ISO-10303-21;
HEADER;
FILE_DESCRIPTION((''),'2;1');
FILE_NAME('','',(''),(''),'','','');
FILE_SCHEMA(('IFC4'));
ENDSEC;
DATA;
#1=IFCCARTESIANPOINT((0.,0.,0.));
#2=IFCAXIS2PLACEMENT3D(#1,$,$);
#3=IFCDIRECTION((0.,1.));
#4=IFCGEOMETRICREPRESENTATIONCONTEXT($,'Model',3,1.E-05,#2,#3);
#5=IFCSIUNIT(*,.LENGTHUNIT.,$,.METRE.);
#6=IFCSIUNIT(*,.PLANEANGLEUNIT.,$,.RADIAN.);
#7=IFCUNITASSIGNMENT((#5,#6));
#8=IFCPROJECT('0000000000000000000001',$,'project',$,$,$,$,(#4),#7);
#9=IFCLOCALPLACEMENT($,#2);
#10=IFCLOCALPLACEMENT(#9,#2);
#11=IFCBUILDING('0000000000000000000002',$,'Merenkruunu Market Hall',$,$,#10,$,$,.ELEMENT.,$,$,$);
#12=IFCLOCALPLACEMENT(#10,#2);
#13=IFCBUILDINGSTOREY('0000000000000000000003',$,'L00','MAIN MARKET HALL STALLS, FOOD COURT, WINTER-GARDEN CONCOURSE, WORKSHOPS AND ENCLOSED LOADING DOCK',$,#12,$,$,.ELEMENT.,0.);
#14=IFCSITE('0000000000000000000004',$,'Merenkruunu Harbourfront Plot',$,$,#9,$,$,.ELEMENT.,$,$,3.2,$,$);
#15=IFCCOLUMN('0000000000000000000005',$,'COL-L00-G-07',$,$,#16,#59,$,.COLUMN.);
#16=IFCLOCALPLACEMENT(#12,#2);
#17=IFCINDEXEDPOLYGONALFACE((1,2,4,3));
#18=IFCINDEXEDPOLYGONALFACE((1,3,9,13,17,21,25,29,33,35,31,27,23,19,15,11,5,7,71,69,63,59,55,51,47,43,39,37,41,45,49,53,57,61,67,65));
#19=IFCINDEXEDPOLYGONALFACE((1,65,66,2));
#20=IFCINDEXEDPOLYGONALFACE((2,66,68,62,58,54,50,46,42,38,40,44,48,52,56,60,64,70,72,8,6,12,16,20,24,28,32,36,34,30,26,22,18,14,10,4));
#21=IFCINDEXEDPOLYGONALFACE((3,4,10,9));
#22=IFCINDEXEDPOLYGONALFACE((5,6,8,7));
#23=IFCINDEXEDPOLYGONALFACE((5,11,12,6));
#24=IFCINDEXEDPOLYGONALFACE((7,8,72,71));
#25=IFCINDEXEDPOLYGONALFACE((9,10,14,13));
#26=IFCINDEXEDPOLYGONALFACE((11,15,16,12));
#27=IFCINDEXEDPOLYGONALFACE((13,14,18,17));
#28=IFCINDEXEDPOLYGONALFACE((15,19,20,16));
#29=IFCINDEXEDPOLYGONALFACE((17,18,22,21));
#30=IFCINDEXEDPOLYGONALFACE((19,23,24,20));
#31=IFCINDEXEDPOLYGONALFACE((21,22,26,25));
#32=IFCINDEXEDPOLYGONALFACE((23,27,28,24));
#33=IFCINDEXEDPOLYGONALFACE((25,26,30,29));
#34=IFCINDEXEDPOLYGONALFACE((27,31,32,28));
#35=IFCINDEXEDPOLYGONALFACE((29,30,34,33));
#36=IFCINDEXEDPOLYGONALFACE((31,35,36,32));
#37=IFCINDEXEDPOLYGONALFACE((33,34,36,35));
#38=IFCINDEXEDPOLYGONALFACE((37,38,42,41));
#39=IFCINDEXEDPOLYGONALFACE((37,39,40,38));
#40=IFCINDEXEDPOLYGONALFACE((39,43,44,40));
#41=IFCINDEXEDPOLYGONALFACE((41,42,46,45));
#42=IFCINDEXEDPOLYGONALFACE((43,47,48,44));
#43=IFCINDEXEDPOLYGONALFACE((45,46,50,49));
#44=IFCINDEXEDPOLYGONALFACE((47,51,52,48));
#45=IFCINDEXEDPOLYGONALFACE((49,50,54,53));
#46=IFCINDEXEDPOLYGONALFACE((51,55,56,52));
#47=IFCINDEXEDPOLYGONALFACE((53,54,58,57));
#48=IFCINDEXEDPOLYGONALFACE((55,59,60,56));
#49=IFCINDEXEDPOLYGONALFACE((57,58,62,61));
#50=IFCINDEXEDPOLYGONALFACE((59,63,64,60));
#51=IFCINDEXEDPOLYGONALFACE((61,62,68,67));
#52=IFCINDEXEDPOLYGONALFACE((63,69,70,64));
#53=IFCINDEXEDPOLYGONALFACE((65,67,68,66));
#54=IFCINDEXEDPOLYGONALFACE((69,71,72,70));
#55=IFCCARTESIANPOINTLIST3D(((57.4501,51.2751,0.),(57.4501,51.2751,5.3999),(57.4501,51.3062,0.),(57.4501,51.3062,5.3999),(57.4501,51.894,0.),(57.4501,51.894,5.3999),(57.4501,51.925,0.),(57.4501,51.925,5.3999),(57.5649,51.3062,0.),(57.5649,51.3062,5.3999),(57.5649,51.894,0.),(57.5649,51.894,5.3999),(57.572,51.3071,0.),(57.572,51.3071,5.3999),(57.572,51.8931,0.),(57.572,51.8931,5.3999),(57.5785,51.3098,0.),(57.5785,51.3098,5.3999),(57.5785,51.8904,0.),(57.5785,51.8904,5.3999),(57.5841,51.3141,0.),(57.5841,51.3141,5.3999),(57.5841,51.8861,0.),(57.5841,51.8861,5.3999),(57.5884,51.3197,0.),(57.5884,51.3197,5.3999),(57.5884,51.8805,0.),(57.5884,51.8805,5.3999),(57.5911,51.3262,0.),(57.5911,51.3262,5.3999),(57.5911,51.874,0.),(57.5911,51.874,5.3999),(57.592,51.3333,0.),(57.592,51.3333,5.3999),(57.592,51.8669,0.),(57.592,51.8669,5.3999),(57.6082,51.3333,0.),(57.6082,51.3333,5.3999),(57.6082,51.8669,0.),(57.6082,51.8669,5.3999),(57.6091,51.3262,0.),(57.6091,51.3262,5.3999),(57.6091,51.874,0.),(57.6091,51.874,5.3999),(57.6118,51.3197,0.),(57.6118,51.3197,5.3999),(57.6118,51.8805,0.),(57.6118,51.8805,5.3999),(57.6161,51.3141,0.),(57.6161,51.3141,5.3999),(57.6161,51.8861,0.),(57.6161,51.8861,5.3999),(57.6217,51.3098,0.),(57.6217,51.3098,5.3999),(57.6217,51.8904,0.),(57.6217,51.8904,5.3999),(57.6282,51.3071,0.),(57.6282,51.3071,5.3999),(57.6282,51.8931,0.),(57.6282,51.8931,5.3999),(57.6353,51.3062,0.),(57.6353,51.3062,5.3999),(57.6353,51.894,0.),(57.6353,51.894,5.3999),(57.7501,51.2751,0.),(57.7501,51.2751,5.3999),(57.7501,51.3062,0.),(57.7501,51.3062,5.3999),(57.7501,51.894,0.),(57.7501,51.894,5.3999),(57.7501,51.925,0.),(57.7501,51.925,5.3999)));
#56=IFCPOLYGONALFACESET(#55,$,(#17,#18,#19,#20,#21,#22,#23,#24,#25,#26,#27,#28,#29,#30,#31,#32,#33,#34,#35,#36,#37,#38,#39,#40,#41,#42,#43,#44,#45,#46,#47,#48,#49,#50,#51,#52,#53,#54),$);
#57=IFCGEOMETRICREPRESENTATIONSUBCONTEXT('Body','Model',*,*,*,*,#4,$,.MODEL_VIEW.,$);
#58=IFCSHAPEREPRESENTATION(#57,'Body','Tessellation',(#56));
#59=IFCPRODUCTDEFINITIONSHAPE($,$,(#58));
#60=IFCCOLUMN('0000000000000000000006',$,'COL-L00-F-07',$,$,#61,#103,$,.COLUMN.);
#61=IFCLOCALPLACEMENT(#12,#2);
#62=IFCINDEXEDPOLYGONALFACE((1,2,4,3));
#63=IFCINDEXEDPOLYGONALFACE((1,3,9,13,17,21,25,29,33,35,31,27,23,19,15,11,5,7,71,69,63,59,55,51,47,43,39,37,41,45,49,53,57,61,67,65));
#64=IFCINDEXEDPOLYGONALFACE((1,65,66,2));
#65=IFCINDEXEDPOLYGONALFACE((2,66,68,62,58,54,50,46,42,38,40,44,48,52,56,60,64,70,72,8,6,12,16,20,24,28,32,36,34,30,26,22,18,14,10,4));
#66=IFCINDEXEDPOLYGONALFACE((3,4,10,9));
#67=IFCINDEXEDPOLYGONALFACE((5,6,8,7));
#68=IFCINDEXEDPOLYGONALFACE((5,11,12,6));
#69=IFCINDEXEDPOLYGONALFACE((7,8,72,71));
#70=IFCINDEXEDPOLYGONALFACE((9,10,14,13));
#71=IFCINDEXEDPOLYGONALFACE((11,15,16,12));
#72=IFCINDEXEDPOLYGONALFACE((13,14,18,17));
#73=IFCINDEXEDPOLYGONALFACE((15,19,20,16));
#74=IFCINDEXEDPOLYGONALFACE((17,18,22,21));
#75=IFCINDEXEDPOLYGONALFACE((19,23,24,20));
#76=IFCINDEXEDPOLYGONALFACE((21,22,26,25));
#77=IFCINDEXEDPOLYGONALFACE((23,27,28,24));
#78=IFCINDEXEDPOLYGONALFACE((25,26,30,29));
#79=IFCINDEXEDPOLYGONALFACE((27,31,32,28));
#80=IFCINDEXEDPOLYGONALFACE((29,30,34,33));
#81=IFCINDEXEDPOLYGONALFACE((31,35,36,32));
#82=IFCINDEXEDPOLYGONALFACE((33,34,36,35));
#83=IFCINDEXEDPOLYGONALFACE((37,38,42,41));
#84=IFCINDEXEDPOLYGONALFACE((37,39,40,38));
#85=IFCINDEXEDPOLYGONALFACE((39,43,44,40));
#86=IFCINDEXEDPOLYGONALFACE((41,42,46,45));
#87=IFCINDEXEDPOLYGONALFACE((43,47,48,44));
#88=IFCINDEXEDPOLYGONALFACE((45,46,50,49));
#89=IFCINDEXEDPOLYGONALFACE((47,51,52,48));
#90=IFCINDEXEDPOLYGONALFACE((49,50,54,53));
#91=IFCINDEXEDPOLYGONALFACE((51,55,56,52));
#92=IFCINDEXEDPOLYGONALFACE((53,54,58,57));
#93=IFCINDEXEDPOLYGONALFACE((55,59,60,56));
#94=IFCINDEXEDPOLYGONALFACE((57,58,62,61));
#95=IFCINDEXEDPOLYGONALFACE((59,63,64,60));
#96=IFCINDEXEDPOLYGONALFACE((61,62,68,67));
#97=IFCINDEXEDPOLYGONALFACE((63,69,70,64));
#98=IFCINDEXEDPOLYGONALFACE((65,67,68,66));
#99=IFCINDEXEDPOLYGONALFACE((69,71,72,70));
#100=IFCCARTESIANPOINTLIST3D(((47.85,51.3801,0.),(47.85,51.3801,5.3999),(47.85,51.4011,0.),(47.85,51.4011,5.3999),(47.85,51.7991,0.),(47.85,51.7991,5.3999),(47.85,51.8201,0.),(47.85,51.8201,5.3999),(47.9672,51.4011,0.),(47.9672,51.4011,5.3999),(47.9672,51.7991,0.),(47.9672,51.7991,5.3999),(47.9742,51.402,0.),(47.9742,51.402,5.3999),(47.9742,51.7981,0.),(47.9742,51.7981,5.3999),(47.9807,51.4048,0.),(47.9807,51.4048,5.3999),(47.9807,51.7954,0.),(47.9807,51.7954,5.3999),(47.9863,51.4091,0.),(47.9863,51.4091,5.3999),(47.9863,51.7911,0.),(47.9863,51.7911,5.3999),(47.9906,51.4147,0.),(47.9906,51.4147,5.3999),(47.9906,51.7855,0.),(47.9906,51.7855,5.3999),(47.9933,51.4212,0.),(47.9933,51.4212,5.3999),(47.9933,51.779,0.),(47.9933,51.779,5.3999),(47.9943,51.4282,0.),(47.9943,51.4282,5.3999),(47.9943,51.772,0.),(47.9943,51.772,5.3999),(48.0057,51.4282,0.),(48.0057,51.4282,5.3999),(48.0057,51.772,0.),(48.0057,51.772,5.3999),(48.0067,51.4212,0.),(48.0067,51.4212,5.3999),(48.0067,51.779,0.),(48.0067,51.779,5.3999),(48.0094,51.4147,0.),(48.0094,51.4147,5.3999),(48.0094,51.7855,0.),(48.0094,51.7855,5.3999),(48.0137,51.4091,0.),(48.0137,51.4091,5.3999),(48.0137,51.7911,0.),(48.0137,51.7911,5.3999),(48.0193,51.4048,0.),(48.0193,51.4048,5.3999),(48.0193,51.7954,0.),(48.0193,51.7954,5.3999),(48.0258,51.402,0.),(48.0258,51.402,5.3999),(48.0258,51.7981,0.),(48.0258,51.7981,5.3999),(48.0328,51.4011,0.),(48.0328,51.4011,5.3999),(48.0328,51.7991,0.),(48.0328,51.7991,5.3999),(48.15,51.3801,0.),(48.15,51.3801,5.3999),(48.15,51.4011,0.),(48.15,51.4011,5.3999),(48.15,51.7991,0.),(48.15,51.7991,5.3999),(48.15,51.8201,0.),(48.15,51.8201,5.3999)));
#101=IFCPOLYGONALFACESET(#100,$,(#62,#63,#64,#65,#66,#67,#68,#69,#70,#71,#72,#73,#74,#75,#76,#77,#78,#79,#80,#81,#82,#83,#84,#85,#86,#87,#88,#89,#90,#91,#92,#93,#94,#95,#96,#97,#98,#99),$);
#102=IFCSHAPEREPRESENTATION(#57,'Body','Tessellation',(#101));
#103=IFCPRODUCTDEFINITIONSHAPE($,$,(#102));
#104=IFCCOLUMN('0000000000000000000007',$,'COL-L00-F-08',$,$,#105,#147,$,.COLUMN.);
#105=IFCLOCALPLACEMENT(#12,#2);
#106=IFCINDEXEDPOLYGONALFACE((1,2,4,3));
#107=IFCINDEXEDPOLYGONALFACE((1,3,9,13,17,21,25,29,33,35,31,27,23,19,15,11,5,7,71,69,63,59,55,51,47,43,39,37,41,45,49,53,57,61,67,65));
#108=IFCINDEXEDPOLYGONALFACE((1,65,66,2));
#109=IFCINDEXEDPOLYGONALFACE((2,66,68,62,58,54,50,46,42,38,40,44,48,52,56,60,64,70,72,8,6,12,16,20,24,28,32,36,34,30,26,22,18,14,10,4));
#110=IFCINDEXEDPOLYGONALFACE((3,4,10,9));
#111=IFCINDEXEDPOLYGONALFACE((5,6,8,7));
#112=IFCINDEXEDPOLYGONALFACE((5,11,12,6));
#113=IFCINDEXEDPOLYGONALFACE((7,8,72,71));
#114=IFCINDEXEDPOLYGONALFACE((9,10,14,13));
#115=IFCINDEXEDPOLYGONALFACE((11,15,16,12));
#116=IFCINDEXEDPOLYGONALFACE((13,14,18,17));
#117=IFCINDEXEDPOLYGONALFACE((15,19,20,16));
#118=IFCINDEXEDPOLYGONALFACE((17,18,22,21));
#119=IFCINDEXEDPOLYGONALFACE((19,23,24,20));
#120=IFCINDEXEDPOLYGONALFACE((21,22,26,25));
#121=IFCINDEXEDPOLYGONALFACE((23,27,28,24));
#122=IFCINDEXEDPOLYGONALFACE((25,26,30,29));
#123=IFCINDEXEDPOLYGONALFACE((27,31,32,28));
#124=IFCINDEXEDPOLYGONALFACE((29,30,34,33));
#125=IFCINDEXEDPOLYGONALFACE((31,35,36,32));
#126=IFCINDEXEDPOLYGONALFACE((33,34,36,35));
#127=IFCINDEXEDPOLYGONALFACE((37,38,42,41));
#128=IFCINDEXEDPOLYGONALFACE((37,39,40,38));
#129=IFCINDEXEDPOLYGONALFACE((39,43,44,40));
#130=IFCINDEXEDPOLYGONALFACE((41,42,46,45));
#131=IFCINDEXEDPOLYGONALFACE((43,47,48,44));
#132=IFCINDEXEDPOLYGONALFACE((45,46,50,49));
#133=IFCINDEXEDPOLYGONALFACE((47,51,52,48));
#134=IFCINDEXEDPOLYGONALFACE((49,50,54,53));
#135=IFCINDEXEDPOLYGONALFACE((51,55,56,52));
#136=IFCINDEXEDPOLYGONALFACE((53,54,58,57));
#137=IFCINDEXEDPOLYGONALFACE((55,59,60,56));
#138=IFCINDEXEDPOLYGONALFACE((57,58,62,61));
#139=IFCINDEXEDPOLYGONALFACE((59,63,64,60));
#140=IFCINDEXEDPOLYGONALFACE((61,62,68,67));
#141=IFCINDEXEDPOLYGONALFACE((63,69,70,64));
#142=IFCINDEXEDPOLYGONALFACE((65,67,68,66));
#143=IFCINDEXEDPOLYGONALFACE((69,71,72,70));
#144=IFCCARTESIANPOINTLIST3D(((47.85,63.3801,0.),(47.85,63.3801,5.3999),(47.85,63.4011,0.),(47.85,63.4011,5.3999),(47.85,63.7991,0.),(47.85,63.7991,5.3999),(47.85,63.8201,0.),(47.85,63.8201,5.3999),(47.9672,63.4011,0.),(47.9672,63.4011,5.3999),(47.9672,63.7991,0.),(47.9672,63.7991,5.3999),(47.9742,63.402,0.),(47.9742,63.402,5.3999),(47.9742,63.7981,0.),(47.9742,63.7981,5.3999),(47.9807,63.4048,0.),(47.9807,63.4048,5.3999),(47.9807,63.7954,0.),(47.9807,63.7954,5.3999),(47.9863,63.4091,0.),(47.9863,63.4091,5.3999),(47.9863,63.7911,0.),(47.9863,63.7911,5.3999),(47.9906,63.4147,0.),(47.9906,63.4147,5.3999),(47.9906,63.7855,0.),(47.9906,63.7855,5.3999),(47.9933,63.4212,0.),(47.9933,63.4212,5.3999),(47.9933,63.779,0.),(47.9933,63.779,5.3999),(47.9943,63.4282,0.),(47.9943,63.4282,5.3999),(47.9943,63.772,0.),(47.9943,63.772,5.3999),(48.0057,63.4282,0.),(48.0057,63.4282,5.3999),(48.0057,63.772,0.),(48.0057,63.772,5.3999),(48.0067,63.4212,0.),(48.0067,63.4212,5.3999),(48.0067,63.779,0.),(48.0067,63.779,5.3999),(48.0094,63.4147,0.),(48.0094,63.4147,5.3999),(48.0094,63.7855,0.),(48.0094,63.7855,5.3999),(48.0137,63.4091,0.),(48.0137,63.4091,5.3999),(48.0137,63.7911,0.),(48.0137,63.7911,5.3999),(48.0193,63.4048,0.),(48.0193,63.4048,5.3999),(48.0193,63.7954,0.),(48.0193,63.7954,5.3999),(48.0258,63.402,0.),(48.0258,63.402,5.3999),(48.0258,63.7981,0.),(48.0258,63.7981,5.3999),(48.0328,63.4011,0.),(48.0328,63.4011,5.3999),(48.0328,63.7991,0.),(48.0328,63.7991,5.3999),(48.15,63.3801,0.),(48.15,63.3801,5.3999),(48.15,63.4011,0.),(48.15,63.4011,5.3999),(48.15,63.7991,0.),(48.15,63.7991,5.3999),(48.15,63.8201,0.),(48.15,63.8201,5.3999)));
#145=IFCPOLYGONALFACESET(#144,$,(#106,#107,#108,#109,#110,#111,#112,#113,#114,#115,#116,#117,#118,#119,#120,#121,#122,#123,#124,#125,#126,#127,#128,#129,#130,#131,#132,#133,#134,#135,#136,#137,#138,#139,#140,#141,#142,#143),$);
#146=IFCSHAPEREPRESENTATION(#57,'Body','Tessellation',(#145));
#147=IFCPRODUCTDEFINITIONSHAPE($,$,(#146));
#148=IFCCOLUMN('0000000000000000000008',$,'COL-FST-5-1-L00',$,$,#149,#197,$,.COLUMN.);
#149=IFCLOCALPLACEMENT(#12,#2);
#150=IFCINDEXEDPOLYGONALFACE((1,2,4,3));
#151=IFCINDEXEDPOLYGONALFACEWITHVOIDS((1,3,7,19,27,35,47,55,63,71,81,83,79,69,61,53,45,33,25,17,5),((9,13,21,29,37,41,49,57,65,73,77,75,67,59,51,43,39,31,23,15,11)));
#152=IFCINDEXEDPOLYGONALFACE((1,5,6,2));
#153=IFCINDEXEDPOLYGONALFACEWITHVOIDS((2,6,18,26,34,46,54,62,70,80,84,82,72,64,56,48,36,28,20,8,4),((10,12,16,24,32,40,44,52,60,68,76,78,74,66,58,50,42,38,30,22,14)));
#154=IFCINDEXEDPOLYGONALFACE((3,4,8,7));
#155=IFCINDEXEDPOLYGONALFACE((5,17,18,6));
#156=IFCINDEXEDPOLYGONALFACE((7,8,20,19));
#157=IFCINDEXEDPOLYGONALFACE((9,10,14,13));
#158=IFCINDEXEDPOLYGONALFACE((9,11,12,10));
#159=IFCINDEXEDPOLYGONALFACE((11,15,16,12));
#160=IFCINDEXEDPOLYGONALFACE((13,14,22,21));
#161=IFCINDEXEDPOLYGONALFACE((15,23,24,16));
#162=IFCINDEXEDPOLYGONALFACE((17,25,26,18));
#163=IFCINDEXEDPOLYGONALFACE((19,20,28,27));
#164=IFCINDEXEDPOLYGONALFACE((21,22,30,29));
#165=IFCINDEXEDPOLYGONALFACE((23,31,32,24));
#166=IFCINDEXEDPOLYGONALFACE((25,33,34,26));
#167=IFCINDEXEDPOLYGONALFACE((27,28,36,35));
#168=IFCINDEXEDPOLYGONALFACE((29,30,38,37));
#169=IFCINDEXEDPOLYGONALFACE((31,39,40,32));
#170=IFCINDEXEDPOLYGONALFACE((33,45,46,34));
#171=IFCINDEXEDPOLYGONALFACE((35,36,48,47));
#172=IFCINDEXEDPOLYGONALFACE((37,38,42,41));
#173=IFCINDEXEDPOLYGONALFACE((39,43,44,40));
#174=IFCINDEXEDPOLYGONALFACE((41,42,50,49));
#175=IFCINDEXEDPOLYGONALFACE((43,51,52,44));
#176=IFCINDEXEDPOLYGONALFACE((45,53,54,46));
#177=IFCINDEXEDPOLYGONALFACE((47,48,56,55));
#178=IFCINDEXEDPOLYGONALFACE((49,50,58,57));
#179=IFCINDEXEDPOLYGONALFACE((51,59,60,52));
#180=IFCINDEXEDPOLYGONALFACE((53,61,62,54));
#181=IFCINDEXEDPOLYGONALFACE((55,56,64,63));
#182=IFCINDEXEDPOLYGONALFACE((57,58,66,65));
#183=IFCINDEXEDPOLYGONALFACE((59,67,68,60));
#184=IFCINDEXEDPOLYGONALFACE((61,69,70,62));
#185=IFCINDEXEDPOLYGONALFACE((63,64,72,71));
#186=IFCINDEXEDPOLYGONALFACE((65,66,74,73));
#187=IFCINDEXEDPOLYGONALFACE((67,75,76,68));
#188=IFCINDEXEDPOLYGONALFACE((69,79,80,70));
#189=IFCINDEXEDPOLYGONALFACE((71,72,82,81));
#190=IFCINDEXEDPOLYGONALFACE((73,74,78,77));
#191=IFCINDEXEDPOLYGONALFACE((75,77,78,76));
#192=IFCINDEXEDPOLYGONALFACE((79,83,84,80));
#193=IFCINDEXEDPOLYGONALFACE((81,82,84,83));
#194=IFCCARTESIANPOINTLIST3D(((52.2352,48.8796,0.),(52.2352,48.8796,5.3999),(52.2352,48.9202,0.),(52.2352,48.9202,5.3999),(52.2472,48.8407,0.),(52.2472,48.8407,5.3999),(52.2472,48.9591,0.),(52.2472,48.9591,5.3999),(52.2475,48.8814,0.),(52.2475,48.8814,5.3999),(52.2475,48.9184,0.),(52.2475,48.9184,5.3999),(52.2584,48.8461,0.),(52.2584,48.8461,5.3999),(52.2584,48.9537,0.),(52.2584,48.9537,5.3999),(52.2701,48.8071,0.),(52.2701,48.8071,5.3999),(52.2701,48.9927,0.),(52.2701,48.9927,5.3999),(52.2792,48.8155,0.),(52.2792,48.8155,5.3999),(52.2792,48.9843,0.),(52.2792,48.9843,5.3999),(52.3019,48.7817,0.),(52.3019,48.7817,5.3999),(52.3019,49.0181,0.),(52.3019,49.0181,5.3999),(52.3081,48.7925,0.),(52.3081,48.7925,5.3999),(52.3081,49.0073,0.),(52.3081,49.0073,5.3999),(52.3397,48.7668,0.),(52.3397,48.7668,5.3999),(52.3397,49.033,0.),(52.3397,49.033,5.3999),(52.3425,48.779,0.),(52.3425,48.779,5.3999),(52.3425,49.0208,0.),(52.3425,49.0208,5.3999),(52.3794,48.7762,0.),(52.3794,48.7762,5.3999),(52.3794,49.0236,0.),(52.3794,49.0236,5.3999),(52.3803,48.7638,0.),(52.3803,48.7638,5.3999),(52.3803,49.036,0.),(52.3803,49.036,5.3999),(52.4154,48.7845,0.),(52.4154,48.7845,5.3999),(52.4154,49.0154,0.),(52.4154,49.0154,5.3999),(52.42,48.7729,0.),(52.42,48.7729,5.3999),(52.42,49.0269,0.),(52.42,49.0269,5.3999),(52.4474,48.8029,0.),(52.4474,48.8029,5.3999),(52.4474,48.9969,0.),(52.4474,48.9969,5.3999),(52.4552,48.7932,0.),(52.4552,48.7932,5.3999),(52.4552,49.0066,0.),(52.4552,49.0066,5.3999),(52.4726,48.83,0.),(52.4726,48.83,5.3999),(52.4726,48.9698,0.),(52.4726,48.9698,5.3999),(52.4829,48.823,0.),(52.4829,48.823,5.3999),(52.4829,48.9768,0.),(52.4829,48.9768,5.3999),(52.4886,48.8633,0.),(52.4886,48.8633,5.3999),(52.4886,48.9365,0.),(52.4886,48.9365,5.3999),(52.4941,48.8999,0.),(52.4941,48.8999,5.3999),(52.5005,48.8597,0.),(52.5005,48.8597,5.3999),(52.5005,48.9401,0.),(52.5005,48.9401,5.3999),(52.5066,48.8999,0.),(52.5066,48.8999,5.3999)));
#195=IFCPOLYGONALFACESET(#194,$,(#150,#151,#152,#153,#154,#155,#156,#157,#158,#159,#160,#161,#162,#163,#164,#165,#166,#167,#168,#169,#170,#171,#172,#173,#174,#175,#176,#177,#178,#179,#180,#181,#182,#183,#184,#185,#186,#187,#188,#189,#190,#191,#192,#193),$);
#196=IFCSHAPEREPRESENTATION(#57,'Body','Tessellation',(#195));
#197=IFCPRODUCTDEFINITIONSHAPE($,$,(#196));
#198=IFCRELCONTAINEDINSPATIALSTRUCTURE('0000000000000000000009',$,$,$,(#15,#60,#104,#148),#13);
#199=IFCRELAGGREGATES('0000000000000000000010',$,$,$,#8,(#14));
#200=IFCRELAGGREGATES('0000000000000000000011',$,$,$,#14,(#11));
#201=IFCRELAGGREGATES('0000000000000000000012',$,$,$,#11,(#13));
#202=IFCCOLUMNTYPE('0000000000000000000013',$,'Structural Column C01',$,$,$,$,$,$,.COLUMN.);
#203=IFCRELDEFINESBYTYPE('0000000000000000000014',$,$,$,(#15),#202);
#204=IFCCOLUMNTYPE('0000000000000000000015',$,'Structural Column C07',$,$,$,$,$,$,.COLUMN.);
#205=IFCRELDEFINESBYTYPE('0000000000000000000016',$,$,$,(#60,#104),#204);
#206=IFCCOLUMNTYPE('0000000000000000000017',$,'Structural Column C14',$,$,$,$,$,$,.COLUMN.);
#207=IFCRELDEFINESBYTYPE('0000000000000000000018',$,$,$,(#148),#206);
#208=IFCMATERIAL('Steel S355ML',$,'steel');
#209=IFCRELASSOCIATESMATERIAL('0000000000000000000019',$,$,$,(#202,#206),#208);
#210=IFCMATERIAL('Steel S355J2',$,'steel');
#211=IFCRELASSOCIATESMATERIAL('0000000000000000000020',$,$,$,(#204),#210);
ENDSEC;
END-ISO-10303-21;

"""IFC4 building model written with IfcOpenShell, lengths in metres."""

from ifc_helpers import new_model, si_unit, direction, frame, origin, origin_2d, place, context, subcontext, project, spatial, hollow_circle, i_section, extrude, material, material_profile, profile_set, type_object, element, save


model = new_model("IFC4")

# Units and contexts
model_context = context("Model", 3, precision=1e-05, world=origin(), true_north=direction((0.0, 1.0)))
body_context = subcontext(model_context, "Body", "Model", "MODEL_VIEW")
ifc_project = project(units=[si_unit("LENGTHUNIT", "METRE"), si_unit("PLANEANGLEUNIT", "RADIAN")], contexts=[model_context])

# Site, building, storey
site_placement = place(None, origin())
site = spatial("IfcSite", under=ifc_project, at=site_placement, Name="Merenkruunu Harbourfront Plot", CompositionType="ELEMENT", RefElevation=3.2)
building_placement = place(site_placement, origin())
building = spatial("IfcBuilding", under=site, at=building_placement, Name="Merenkruunu Market Hall", CompositionType="ELEMENT")
storey_placement = place(building_placement, origin())
storey = spatial("IfcBuildingStorey", under=building, at=storey_placement, Name="L00", Description="MAIN MARKET HALL STALLS, FOOD COURT, WINTER-GARDEN CONCOURSE, WORKSHOPS AND ENCLOSED LOADING DOCK", CompositionType="ELEMENT", Elevation=0.0)

# Columns
ifc_material_1 = material(Name="Steel S355ML", Category="steel")
ifc_material_profile_1 = material_profile(ifc_material_1, i_section(OverallWidth=0.3, OverallDepth=0.6499, WebThickness=0.0161, FlangeThickness=0.031, FilletRadius=0.0271, at=origin_2d()), Name="HEB 650")
ifc_profile_set_1 = profile_set([ifc_material_profile_1], Name="Steel S355ML")
column_type_1 = type_object("IfcColumnType", Name="Structural Column C01", PredefinedType="COLUMN", material=ifc_profile_set_1)
column_placement = place(storey_placement, frame((57.6001, 51.6001, 0.0), z_axis=(0.0, 0.0, 1.0), x_axis=(1.0, 0.0, 0.0)))
element("IfcColumn", 1, at=column_placement, inside=storey, type_object=column_type_1, Name="COL-L00-G-07", PredefinedType="COLUMN", context=body_context, shape_type="SweptSolid", body=[
    extrude(i_section(OverallWidth=0.3, OverallDepth=0.6499, WebThickness=0.0161, FlangeThickness=0.031, FilletRadius=0.0271, at=origin_2d()), origin(), (0.0, 0.0, 1.0), 5.3999),
])
ifc_material_2 = material(Name="Steel S355J2", Category="steel")
ifc_material_profile_2 = material_profile(ifc_material_2, i_section(OverallWidth=0.3, OverallDepth=0.4399, WebThickness=0.0115, FlangeThickness=0.021, FilletRadius=0.0271, at=origin_2d()), Name="HEA 450")
ifc_profile_set_2 = profile_set([ifc_material_profile_2], Name="Steel S355J2")
column_type_2 = type_object("IfcColumnType", Name="Structural Column C07", PredefinedType="COLUMN", material=ifc_profile_set_2)
for number, where, z_axis, x_axis, name in (
    (2, (48.0, 51.6001, 0.0), (0.0, 0.0, 1.0), (1.0, 0.0, 0.0), "COL-L00-F-07"),
    (3, (48.0, 63.6001, 0.0), (0.0, 0.0, 1.0), (1.0, 0.0, 0.0), "COL-L00-F-08"),
):
    element("IfcColumn", number, at=place(storey_placement, frame(where, z_axis=z_axis, x_axis=x_axis)), inside=storey, type_object=column_type_2, Name=name, PredefinedType="COLUMN", context=body_context, shape_type="SweptSolid", body=[
        extrude(i_section(OverallWidth=0.3, OverallDepth=0.4399, WebThickness=0.0115, FlangeThickness=0.021, FilletRadius=0.0271, at=origin_2d()), origin(), (0.0, 0.0, 1.0), 5.3999),
    ])
ifc_material_profile_3 = material_profile(ifc_material_1, hollow_circle(Radius=0.1365, WallThickness=0.0125, at=origin_2d()), Name="CHS 273x12.5")
ifc_profile_set_3 = profile_set([ifc_material_profile_3], Name="Steel S355ML")
column_type_3 = type_object("IfcColumnType", Name="Structural Column C14", PredefinedType="COLUMN", material=ifc_profile_set_3)
for number, where, z_axis, x_axis, name in (
    (4, (52.3701, 48.8999, 0.0), (0.0, 0.0, 1.0), (1.0, 0.0, 0.0), "COL-FST-5-1-L00"),
):
    element("IfcColumn", number, at=place(storey_placement, frame(where, z_axis=z_axis, x_axis=x_axis)), inside=storey, type_object=column_type_3, Name=name, PredefinedType="COLUMN", context=body_context, shape_type="SweptSolid", body=[
        extrude(hollow_circle(Radius=0.1365, WallThickness=0.0125, at=origin_2d()), origin(), (0.0, 0.0, 1.0), 5.3999),
    ])

save(model, "model.ifc")
